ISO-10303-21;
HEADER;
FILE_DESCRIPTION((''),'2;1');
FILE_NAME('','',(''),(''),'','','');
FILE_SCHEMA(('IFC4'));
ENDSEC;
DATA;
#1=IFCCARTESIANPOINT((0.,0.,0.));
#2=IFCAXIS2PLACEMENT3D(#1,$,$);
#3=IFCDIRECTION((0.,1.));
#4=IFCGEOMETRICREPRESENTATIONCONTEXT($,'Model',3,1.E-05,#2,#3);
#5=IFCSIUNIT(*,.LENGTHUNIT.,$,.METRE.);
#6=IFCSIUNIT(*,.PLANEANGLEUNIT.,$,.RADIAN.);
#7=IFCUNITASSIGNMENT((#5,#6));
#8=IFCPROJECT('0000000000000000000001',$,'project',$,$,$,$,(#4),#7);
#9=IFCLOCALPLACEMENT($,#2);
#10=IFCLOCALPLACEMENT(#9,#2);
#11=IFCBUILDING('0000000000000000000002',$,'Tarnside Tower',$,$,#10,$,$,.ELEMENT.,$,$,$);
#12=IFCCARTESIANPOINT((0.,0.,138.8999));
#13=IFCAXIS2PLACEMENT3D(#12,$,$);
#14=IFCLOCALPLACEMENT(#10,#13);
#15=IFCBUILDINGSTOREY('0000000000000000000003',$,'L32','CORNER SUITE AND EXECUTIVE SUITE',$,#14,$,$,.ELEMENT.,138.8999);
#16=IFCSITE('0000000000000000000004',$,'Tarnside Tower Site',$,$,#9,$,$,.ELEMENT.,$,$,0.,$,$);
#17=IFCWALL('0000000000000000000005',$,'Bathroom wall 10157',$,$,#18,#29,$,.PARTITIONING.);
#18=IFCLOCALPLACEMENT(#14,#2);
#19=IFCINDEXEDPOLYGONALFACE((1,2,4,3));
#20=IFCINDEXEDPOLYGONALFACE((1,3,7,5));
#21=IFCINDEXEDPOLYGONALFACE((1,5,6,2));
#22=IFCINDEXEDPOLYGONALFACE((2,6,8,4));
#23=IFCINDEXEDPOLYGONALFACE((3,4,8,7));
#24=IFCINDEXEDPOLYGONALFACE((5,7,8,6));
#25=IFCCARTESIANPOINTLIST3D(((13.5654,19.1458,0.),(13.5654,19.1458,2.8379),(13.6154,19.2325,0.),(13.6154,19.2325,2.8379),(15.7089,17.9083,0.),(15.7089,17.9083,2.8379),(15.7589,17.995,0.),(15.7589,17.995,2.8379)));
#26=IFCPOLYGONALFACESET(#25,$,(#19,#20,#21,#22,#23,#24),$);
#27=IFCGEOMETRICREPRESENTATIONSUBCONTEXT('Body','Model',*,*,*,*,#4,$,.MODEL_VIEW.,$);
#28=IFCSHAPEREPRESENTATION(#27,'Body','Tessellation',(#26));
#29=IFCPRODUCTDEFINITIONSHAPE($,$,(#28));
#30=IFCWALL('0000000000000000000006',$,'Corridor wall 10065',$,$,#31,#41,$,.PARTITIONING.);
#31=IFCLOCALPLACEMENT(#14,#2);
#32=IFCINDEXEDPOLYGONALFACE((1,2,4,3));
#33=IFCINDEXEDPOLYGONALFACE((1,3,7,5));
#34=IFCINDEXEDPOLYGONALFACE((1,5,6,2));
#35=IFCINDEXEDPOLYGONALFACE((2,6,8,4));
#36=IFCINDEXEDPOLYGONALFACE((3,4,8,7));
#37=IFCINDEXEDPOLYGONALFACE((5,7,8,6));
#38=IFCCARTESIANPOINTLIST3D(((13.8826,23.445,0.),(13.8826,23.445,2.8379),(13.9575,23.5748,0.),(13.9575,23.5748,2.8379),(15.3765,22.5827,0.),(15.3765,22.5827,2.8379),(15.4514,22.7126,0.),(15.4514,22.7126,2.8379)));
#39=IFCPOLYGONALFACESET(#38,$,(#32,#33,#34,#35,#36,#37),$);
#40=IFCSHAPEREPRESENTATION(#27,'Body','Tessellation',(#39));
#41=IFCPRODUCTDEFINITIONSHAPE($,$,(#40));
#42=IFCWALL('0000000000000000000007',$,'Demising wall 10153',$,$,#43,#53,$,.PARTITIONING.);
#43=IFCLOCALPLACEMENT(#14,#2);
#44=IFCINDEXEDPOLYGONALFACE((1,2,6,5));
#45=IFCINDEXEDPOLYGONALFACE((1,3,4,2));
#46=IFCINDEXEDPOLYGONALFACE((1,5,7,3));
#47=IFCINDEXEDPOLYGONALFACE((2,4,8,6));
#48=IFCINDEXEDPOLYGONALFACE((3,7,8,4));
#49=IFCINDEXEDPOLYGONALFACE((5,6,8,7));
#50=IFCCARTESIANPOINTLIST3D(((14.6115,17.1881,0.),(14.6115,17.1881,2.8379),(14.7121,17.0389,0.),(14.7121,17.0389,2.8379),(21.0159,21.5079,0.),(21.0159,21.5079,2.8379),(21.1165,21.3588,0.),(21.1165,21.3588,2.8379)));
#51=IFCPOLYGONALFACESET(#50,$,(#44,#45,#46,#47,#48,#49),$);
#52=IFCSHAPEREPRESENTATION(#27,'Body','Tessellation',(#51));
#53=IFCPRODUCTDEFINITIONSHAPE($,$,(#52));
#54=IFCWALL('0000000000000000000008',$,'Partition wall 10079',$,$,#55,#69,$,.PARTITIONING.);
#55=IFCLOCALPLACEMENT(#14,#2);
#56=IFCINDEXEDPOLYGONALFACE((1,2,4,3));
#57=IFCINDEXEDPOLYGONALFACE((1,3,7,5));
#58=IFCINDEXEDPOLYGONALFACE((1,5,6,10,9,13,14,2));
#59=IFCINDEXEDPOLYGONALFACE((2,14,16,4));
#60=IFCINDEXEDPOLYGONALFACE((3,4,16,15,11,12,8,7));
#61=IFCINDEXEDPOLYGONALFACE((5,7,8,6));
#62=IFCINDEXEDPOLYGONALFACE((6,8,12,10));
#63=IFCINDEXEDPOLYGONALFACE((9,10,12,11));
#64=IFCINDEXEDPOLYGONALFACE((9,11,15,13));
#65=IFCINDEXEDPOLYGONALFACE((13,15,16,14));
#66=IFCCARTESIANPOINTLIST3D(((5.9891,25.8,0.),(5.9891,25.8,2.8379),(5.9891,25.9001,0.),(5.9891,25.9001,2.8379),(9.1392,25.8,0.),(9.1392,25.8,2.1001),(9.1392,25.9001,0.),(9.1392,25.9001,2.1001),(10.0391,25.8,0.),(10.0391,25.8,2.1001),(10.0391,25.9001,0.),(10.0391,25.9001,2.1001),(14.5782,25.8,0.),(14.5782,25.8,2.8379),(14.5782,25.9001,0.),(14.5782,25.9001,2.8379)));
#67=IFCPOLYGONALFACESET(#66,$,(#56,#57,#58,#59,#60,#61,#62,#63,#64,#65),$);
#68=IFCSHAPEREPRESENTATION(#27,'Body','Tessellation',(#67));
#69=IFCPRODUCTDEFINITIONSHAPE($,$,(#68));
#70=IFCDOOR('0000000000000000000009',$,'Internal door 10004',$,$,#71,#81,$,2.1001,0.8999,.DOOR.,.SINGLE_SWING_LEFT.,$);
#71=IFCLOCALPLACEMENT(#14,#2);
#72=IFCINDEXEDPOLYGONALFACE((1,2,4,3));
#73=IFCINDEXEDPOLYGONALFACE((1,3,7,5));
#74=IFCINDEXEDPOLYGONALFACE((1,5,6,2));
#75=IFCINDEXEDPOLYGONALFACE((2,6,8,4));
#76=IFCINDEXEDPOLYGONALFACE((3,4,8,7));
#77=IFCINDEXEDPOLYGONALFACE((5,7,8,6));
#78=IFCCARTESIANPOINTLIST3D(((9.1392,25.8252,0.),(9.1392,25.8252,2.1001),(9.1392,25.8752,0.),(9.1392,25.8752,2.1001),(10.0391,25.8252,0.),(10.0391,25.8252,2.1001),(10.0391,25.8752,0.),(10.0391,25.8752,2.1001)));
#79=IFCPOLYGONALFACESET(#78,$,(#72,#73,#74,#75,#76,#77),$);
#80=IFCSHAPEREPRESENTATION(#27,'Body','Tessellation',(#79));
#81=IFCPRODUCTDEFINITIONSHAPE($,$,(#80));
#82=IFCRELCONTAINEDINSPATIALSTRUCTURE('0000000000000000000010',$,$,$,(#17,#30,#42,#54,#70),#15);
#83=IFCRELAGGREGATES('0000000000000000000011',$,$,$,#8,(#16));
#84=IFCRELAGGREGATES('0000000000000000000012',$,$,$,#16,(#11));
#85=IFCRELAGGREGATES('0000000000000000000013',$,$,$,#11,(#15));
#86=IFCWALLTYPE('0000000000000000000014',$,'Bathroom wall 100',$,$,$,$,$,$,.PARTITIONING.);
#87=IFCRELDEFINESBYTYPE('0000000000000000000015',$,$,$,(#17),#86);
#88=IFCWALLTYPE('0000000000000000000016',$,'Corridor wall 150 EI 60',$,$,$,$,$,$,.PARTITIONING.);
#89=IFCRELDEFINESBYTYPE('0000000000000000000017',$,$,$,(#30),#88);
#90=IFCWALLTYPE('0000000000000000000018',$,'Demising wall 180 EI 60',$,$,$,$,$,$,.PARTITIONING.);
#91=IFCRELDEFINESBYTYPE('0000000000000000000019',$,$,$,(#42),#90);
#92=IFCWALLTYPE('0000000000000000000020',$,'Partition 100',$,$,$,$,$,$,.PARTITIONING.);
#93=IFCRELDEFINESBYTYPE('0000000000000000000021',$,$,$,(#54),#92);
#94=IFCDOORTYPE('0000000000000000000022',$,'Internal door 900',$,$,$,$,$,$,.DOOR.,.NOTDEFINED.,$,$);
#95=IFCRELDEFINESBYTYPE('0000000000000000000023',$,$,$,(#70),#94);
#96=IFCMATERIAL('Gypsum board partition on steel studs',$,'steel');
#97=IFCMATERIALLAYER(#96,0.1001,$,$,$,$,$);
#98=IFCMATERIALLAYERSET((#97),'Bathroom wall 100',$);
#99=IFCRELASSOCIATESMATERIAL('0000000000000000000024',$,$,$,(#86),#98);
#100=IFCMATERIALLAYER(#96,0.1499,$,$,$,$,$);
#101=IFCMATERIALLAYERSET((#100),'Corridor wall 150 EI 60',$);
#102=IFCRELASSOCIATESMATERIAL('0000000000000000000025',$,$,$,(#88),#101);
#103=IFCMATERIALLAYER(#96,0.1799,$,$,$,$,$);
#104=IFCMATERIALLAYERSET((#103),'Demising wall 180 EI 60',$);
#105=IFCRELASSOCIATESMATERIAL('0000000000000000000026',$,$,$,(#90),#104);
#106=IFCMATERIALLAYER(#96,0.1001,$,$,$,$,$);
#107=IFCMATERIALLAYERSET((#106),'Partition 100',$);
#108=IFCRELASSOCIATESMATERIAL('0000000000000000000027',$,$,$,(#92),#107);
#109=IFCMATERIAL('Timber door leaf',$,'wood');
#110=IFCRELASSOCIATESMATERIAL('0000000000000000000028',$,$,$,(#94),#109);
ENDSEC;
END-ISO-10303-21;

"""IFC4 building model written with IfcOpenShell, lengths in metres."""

from ifc_helpers import new_model, si_unit, direction, frame, frame_2d, origin, place, context, subcontext, project, spatial, rectangle, extrude, material, layer, layer_set, type_object, element, fill, save


model = new_model("IFC4")

# Units and contexts
model_context = context("Model", 3, precision=1e-05, world=origin(), true_north=direction((0.0, 1.0)))
body_context = subcontext(model_context, "Body", "Model", "MODEL_VIEW")
ifc_project = project(units=[si_unit("LENGTHUNIT", "METRE"), si_unit("PLANEANGLEUNIT", "RADIAN")], contexts=[model_context])

# Site, building, storey
site_placement = place(None, origin())
site = spatial("IfcSite", under=ifc_project, at=site_placement, Name="Tarnside Tower Site", CompositionType="ELEMENT", RefElevation=0.0)
building_placement = place(site_placement, origin())
building = spatial("IfcBuilding", under=site, at=building_placement, Name="Tarnside Tower", CompositionType="ELEMENT")
storey_placement = place(building_placement, frame((0.0, 0.0, 138.8999)))
storey = spatial("IfcBuildingStorey", under=building, at=storey_placement, Name="L32", Description="CORNER SUITE AND EXECUTIVE SUITE", CompositionType="ELEMENT", Elevation=138.8999)

# Shared definitions
ifc_material_1 = material(Name="Gypsum board partition on steel studs", Category="steel")
ifc_layer_1 = layer(ifc_material_1, 0.1001)
ifc_layer_set_1 = layer_set([ifc_layer_1], Name="Bathroom wall 100")
wall_type_1 = type_object("IfcWallType", Name="Bathroom wall 100", PredefinedType="PARTITIONING", material=ifc_layer_set_1)

# Shared definitions
ifc_material_2 = material(Name="Timber door leaf", Category="wood")

# Walls
wall_1_placement = place(storey_placement, frame((15.7339, 17.9517, 0.0), z_axis=(0.0, 0.0, 1.0), x_axis=(-0.866031, 0.49999, 0.0)))
element("IfcWall", 1, at=wall_1_placement, inside=storey, type_object=wall_type_1, Name="Bathroom wall 10157", PredefinedType="PARTITIONING", context=body_context, shape_type="SweptSolid", body=[
    extrude(rectangle(XDim=2.4751, YDim=0.1001, at=frame_2d((1.2375, 0.0))), origin(), (0.0, 0.0, 1.0), 2.8379),
])
ifc_layer_2 = layer(ifc_material_1, 0.1499)
ifc_layer_set_2 = layer_set([ifc_layer_2], Name="Corridor wall 150 EI 60")
wall_type_2 = type_object("IfcWallType", Name="Corridor wall 150 EI 60", PredefinedType="PARTITIONING", material=ifc_layer_set_2)
wall_2_placement = place(storey_placement, frame((15.4138, 22.6477, 0.0), z_axis=(0.0, 0.0, 1.0), x_axis=(-0.866075, 0.499914, 0.0)))
element("IfcWall", 2, at=wall_2_placement, inside=storey, type_object=wall_type_2, Name="Corridor wall 10065", PredefinedType="PARTITIONING", context=body_context, shape_type="SweptSolid", body=[
    extrude(rectangle(XDim=1.7249, YDim=0.1499, at=frame_2d((0.8623, 0.0))), origin(), (0.0, 0.0, 1.0), 2.8379),
])
ifc_layer_3 = layer(ifc_material_1, 0.1799)
ifc_layer_set_3 = layer_set([ifc_layer_3], Name="Demising wall 180 EI 60")
wall_type_3 = type_object("IfcWallType", Name="Demising wall 180 EI 60", PredefinedType="PARTITIONING", material=ifc_layer_set_3)
wall_3_placement = place(storey_placement, frame((21.0662, 21.4333, 0.0), z_axis=(0.0, 0.0, 1.0), x_axis=(-0.829033, -0.559199, 0.0)))
element("IfcWall", 3, at=wall_3_placement, inside=storey, type_object=wall_type_3, Name="Demising wall 10153", PredefinedType="PARTITIONING", context=body_context, shape_type="SweptSolid", body=[
    extrude(rectangle(XDim=7.7251, YDim=0.1799, at=frame_2d((3.8625, 0.0))), origin(), (0.0, 0.0, 1.0), 2.8379),
])

# Wall, opening, door
ifc_layer_4 = layer(ifc_material_1, 0.1001)
ifc_layer_set_4 = layer_set([ifc_layer_4], Name="Partition 100")
wall_type_4 = type_object("IfcWallType", Name="Partition 100", PredefinedType="PARTITIONING", material=ifc_layer_set_4)
wall_4_placement = place(storey_placement, frame((14.5781, 25.8501, 0.0), z_axis=(0.0, 0.0, 1.0), x_axis=(-1.0, 0.0, 0.0)))
wall_4 = element("IfcWall", 4, at=wall_4_placement, inside=storey, type_object=wall_type_4, Name="Partition wall 10079", PredefinedType="PARTITIONING", context=body_context, shape_type="SweptSolid", body=[
    extrude(rectangle(XDim=8.5891, YDim=0.1001, at=frame_2d((4.2944, 0.0))), origin(), (0.0, 0.0, 1.0), 2.8379),
])
opening_1_placement = place(wall_4_placement, frame((4.5391, 0.0, 0.0)))
opening_1 = element("IfcOpeningElement", 5, at=opening_1_placement, cuts=wall_4, PredefinedType="OPENING", context=body_context, shape_type="SweptSolid", body=[
    extrude(rectangle(XDim=0.8999, YDim=2.1001, at=frame_2d((0.45, 1.05))), frame((0.0, 0.0601, 0.0), z_axis=(0.0, -1.0, 0.0), x_axis=(1.0, 0.0, 0.0)), (0.0, 0.0, 1.0), 0.1201),
])
door_type_1 = type_object("IfcDoorType", Name="Internal door 900", OperationType="NOTDEFINED", PredefinedType="DOOR", material=ifc_material_2)
door_1_placement = place(opening_1_placement, origin())
door_1 = element("IfcDoor", 6, at=door_1_placement, inside=storey, type_object=door_type_1, Name="Internal door 10004", OperationType="SINGLE_SWING_LEFT", OverallHeight=2.1001, OverallWidth=0.8999, PredefinedType="DOOR", context=body_context, shape_type="SweptSolid", body=[
    extrude(rectangle(XDim=0.8999, YDim=2.1001, at=frame_2d((0.45, 1.05))), frame((0.0, 0.0249, 0.0), z_axis=(0.0, -1.0, 0.0), x_axis=(1.0, 0.0, 0.0)), (0.0, 0.0, 1.0), 0.05),
])
fill(opening_1, door_1)

save(model, "model.ifc")
